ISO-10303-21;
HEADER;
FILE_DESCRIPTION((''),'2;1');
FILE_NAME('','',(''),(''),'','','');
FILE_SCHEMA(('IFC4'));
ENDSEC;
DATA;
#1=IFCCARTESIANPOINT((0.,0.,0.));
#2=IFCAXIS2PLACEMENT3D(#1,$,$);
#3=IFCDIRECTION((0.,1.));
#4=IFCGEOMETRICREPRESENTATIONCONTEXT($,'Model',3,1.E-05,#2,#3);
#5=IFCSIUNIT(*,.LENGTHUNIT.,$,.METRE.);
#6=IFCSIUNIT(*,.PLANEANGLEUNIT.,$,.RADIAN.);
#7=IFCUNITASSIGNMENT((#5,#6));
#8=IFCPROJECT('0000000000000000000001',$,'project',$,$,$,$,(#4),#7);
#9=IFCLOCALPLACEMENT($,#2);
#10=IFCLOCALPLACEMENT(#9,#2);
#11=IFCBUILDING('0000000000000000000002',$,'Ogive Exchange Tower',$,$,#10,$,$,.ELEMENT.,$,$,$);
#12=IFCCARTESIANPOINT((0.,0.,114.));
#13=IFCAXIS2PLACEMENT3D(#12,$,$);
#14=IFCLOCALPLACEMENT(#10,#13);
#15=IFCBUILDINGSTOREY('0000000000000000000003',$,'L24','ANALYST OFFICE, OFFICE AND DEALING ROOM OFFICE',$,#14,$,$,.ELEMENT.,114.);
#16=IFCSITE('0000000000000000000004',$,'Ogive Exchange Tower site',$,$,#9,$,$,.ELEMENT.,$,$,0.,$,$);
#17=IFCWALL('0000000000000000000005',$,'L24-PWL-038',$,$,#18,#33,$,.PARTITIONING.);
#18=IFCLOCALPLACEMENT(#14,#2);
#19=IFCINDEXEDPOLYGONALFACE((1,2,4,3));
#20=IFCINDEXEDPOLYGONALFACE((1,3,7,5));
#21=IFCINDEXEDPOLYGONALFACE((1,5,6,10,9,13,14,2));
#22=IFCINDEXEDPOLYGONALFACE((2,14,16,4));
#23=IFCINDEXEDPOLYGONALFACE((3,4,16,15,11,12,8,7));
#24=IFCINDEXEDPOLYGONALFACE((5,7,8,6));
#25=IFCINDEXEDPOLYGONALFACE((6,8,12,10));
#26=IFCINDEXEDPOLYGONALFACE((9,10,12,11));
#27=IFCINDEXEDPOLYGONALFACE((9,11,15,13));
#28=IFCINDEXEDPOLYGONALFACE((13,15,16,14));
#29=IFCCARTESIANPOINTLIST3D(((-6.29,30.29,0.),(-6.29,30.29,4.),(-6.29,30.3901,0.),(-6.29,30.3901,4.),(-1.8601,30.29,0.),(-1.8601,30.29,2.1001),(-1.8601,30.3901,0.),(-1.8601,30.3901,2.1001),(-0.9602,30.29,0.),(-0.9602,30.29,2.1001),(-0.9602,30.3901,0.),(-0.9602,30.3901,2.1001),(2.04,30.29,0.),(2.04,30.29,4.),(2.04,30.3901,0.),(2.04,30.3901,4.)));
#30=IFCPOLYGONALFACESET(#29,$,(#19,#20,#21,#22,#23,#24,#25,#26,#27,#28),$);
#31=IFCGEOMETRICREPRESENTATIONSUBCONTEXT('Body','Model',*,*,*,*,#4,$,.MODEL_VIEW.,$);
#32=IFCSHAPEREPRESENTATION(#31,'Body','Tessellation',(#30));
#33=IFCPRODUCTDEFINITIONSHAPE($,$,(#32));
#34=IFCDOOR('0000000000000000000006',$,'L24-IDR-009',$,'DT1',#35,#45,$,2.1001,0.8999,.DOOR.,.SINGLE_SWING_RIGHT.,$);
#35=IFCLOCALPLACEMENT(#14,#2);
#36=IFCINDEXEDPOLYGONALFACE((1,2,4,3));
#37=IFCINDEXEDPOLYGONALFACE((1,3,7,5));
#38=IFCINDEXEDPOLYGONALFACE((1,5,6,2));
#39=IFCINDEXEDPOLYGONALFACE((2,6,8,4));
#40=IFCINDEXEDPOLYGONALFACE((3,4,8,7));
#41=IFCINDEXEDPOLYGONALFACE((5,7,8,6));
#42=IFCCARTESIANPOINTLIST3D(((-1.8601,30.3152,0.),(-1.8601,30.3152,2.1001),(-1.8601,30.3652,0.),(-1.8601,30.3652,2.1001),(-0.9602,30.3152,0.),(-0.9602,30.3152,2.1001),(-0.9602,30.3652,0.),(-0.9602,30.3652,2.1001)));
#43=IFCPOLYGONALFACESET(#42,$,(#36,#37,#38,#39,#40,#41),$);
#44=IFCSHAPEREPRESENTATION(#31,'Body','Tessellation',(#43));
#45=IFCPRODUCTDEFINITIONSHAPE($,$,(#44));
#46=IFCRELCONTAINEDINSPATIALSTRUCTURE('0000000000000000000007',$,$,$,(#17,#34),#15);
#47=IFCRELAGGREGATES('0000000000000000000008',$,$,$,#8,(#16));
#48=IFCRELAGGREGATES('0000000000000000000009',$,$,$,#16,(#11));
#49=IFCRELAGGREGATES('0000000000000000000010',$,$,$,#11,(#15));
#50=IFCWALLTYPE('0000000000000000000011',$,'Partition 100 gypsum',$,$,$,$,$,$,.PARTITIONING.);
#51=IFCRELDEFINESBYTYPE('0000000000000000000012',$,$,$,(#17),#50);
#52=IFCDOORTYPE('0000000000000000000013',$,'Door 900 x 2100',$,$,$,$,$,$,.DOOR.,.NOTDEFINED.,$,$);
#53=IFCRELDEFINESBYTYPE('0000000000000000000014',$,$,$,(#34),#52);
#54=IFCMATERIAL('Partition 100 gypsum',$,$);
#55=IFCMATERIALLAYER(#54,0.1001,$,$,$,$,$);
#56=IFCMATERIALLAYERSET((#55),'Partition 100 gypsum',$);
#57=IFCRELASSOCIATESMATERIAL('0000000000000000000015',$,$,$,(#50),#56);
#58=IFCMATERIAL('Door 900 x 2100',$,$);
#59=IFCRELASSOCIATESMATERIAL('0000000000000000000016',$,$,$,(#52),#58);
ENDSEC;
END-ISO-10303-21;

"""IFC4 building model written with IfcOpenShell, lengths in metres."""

from ifc_helpers import new_model, si_unit, direction, frame, frame_2d, origin, place, context, subcontext, project, spatial, rectangle, extrude, material, layer, layer_set, type_object, element, fill, save


model = new_model("IFC4")

# Units and contexts
model_context = context("Model", 3, precision=1e-05, world=origin(), true_north=direction((0.0, 1.0)))
body_context = subcontext(model_context, "Body", "Model", "MODEL_VIEW")
ifc_project = project(units=[si_unit("LENGTHUNIT", "METRE"), si_unit("PLANEANGLEUNIT", "RADIAN")], contexts=[model_context])

# Site, building, storey
site_placement = place(None, origin())
site = spatial("IfcSite", under=ifc_project, at=site_placement, Name="Ogive Exchange Tower site", CompositionType="ELEMENT", RefElevation=0.0)
building_placement = place(site_placement, origin())
building = spatial("IfcBuilding", under=site, at=building_placement, Name="Ogive Exchange Tower", CompositionType="ELEMENT")
storey_placement = place(building_placement, frame((0.0, 0.0, 114.0)))
storey = spatial("IfcBuildingStorey", under=building, at=storey_placement, Name="L24", Description="ANALYST OFFICE, OFFICE AND DEALING ROOM OFFICE", CompositionType="ELEMENT", Elevation=114.0)

# Shared definitions
ifc_material_1 = material(Name="Partition 100 gypsum")
ifc_layer_1 = layer(ifc_material_1, 0.1001)
ifc_layer_set_1 = layer_set([ifc_layer_1], Name="Partition 100 gypsum")
wall_type_1 = type_object("IfcWallType", Name="Partition 100 gypsum", PredefinedType="PARTITIONING", material=ifc_layer_set_1)

# Shared definitions
ifc_material_2 = material(Name="Door 900 x 2100")
door_type_1 = type_object("IfcDoorType", Name="Door 900 x 2100", OperationType="NOTDEFINED", PredefinedType="DOOR", material=ifc_material_2)

# Wall, opening, door
wall_1_placement = place(storey_placement, frame((-6.29, 30.3401, 0.0), z_axis=(0.0, 0.0, 1.0), x_axis=(1.0, 0.0, 0.0)))
wall_1 = element("IfcWall", 1, at=wall_1_placement, inside=storey, type_object=wall_type_1, Name="L24-PWL-038", PredefinedType="PARTITIONING", context=body_context, shape_type="SweptSolid", body=[
    extrude(rectangle(XDim=8.3301, YDim=0.1001, at=frame_2d((4.165, 0.0))), origin(), (0.0, 0.0, 1.0), 4.0),
])
opening_1_placement = place(wall_1_placement, frame((4.4299, 0.0, 0.0)))
opening_1 = element("IfcOpeningElement", 2, at=opening_1_placement, cuts=wall_1, PredefinedType="OPENING", context=body_context, shape_type="SweptSolid", body=[
    extrude(rectangle(XDim=0.8999, YDim=2.1001, at=frame_2d((0.45, 1.05))), frame((0.0, 0.0601, 0.0), z_axis=(0.0, -1.0, 0.0), x_axis=(1.0, 0.0, 0.0)), (0.0, 0.0, 1.0), 0.1201),
])
door_1_placement = place(opening_1_placement, frame((0.8999, 0.0, 0.0), z_axis=(0.0, 0.0, 1.0), x_axis=(-1.0, 0.0, 0.0)))
door_1 = element("IfcDoor", 3, at=door_1_placement, inside=storey, type_object=door_type_1, Name="L24-IDR-009", ObjectType="DT1", OperationType="SINGLE_SWING_RIGHT", OverallHeight=2.1001, OverallWidth=0.8999, PredefinedType="DOOR", context=body_context, shape_type="SweptSolid", body=[
    extrude(rectangle(XDim=0.8999, YDim=2.1001, at=frame_2d((0.45, 1.05))), frame((0.0, 0.0249, 0.0), z_axis=(0.0, -1.0, 0.0), x_axis=(1.0, 0.0, 0.0)), (0.0, 0.0, 1.0), 0.05),
])
fill(opening_1, door_1)

save(model, "model.ifc")
